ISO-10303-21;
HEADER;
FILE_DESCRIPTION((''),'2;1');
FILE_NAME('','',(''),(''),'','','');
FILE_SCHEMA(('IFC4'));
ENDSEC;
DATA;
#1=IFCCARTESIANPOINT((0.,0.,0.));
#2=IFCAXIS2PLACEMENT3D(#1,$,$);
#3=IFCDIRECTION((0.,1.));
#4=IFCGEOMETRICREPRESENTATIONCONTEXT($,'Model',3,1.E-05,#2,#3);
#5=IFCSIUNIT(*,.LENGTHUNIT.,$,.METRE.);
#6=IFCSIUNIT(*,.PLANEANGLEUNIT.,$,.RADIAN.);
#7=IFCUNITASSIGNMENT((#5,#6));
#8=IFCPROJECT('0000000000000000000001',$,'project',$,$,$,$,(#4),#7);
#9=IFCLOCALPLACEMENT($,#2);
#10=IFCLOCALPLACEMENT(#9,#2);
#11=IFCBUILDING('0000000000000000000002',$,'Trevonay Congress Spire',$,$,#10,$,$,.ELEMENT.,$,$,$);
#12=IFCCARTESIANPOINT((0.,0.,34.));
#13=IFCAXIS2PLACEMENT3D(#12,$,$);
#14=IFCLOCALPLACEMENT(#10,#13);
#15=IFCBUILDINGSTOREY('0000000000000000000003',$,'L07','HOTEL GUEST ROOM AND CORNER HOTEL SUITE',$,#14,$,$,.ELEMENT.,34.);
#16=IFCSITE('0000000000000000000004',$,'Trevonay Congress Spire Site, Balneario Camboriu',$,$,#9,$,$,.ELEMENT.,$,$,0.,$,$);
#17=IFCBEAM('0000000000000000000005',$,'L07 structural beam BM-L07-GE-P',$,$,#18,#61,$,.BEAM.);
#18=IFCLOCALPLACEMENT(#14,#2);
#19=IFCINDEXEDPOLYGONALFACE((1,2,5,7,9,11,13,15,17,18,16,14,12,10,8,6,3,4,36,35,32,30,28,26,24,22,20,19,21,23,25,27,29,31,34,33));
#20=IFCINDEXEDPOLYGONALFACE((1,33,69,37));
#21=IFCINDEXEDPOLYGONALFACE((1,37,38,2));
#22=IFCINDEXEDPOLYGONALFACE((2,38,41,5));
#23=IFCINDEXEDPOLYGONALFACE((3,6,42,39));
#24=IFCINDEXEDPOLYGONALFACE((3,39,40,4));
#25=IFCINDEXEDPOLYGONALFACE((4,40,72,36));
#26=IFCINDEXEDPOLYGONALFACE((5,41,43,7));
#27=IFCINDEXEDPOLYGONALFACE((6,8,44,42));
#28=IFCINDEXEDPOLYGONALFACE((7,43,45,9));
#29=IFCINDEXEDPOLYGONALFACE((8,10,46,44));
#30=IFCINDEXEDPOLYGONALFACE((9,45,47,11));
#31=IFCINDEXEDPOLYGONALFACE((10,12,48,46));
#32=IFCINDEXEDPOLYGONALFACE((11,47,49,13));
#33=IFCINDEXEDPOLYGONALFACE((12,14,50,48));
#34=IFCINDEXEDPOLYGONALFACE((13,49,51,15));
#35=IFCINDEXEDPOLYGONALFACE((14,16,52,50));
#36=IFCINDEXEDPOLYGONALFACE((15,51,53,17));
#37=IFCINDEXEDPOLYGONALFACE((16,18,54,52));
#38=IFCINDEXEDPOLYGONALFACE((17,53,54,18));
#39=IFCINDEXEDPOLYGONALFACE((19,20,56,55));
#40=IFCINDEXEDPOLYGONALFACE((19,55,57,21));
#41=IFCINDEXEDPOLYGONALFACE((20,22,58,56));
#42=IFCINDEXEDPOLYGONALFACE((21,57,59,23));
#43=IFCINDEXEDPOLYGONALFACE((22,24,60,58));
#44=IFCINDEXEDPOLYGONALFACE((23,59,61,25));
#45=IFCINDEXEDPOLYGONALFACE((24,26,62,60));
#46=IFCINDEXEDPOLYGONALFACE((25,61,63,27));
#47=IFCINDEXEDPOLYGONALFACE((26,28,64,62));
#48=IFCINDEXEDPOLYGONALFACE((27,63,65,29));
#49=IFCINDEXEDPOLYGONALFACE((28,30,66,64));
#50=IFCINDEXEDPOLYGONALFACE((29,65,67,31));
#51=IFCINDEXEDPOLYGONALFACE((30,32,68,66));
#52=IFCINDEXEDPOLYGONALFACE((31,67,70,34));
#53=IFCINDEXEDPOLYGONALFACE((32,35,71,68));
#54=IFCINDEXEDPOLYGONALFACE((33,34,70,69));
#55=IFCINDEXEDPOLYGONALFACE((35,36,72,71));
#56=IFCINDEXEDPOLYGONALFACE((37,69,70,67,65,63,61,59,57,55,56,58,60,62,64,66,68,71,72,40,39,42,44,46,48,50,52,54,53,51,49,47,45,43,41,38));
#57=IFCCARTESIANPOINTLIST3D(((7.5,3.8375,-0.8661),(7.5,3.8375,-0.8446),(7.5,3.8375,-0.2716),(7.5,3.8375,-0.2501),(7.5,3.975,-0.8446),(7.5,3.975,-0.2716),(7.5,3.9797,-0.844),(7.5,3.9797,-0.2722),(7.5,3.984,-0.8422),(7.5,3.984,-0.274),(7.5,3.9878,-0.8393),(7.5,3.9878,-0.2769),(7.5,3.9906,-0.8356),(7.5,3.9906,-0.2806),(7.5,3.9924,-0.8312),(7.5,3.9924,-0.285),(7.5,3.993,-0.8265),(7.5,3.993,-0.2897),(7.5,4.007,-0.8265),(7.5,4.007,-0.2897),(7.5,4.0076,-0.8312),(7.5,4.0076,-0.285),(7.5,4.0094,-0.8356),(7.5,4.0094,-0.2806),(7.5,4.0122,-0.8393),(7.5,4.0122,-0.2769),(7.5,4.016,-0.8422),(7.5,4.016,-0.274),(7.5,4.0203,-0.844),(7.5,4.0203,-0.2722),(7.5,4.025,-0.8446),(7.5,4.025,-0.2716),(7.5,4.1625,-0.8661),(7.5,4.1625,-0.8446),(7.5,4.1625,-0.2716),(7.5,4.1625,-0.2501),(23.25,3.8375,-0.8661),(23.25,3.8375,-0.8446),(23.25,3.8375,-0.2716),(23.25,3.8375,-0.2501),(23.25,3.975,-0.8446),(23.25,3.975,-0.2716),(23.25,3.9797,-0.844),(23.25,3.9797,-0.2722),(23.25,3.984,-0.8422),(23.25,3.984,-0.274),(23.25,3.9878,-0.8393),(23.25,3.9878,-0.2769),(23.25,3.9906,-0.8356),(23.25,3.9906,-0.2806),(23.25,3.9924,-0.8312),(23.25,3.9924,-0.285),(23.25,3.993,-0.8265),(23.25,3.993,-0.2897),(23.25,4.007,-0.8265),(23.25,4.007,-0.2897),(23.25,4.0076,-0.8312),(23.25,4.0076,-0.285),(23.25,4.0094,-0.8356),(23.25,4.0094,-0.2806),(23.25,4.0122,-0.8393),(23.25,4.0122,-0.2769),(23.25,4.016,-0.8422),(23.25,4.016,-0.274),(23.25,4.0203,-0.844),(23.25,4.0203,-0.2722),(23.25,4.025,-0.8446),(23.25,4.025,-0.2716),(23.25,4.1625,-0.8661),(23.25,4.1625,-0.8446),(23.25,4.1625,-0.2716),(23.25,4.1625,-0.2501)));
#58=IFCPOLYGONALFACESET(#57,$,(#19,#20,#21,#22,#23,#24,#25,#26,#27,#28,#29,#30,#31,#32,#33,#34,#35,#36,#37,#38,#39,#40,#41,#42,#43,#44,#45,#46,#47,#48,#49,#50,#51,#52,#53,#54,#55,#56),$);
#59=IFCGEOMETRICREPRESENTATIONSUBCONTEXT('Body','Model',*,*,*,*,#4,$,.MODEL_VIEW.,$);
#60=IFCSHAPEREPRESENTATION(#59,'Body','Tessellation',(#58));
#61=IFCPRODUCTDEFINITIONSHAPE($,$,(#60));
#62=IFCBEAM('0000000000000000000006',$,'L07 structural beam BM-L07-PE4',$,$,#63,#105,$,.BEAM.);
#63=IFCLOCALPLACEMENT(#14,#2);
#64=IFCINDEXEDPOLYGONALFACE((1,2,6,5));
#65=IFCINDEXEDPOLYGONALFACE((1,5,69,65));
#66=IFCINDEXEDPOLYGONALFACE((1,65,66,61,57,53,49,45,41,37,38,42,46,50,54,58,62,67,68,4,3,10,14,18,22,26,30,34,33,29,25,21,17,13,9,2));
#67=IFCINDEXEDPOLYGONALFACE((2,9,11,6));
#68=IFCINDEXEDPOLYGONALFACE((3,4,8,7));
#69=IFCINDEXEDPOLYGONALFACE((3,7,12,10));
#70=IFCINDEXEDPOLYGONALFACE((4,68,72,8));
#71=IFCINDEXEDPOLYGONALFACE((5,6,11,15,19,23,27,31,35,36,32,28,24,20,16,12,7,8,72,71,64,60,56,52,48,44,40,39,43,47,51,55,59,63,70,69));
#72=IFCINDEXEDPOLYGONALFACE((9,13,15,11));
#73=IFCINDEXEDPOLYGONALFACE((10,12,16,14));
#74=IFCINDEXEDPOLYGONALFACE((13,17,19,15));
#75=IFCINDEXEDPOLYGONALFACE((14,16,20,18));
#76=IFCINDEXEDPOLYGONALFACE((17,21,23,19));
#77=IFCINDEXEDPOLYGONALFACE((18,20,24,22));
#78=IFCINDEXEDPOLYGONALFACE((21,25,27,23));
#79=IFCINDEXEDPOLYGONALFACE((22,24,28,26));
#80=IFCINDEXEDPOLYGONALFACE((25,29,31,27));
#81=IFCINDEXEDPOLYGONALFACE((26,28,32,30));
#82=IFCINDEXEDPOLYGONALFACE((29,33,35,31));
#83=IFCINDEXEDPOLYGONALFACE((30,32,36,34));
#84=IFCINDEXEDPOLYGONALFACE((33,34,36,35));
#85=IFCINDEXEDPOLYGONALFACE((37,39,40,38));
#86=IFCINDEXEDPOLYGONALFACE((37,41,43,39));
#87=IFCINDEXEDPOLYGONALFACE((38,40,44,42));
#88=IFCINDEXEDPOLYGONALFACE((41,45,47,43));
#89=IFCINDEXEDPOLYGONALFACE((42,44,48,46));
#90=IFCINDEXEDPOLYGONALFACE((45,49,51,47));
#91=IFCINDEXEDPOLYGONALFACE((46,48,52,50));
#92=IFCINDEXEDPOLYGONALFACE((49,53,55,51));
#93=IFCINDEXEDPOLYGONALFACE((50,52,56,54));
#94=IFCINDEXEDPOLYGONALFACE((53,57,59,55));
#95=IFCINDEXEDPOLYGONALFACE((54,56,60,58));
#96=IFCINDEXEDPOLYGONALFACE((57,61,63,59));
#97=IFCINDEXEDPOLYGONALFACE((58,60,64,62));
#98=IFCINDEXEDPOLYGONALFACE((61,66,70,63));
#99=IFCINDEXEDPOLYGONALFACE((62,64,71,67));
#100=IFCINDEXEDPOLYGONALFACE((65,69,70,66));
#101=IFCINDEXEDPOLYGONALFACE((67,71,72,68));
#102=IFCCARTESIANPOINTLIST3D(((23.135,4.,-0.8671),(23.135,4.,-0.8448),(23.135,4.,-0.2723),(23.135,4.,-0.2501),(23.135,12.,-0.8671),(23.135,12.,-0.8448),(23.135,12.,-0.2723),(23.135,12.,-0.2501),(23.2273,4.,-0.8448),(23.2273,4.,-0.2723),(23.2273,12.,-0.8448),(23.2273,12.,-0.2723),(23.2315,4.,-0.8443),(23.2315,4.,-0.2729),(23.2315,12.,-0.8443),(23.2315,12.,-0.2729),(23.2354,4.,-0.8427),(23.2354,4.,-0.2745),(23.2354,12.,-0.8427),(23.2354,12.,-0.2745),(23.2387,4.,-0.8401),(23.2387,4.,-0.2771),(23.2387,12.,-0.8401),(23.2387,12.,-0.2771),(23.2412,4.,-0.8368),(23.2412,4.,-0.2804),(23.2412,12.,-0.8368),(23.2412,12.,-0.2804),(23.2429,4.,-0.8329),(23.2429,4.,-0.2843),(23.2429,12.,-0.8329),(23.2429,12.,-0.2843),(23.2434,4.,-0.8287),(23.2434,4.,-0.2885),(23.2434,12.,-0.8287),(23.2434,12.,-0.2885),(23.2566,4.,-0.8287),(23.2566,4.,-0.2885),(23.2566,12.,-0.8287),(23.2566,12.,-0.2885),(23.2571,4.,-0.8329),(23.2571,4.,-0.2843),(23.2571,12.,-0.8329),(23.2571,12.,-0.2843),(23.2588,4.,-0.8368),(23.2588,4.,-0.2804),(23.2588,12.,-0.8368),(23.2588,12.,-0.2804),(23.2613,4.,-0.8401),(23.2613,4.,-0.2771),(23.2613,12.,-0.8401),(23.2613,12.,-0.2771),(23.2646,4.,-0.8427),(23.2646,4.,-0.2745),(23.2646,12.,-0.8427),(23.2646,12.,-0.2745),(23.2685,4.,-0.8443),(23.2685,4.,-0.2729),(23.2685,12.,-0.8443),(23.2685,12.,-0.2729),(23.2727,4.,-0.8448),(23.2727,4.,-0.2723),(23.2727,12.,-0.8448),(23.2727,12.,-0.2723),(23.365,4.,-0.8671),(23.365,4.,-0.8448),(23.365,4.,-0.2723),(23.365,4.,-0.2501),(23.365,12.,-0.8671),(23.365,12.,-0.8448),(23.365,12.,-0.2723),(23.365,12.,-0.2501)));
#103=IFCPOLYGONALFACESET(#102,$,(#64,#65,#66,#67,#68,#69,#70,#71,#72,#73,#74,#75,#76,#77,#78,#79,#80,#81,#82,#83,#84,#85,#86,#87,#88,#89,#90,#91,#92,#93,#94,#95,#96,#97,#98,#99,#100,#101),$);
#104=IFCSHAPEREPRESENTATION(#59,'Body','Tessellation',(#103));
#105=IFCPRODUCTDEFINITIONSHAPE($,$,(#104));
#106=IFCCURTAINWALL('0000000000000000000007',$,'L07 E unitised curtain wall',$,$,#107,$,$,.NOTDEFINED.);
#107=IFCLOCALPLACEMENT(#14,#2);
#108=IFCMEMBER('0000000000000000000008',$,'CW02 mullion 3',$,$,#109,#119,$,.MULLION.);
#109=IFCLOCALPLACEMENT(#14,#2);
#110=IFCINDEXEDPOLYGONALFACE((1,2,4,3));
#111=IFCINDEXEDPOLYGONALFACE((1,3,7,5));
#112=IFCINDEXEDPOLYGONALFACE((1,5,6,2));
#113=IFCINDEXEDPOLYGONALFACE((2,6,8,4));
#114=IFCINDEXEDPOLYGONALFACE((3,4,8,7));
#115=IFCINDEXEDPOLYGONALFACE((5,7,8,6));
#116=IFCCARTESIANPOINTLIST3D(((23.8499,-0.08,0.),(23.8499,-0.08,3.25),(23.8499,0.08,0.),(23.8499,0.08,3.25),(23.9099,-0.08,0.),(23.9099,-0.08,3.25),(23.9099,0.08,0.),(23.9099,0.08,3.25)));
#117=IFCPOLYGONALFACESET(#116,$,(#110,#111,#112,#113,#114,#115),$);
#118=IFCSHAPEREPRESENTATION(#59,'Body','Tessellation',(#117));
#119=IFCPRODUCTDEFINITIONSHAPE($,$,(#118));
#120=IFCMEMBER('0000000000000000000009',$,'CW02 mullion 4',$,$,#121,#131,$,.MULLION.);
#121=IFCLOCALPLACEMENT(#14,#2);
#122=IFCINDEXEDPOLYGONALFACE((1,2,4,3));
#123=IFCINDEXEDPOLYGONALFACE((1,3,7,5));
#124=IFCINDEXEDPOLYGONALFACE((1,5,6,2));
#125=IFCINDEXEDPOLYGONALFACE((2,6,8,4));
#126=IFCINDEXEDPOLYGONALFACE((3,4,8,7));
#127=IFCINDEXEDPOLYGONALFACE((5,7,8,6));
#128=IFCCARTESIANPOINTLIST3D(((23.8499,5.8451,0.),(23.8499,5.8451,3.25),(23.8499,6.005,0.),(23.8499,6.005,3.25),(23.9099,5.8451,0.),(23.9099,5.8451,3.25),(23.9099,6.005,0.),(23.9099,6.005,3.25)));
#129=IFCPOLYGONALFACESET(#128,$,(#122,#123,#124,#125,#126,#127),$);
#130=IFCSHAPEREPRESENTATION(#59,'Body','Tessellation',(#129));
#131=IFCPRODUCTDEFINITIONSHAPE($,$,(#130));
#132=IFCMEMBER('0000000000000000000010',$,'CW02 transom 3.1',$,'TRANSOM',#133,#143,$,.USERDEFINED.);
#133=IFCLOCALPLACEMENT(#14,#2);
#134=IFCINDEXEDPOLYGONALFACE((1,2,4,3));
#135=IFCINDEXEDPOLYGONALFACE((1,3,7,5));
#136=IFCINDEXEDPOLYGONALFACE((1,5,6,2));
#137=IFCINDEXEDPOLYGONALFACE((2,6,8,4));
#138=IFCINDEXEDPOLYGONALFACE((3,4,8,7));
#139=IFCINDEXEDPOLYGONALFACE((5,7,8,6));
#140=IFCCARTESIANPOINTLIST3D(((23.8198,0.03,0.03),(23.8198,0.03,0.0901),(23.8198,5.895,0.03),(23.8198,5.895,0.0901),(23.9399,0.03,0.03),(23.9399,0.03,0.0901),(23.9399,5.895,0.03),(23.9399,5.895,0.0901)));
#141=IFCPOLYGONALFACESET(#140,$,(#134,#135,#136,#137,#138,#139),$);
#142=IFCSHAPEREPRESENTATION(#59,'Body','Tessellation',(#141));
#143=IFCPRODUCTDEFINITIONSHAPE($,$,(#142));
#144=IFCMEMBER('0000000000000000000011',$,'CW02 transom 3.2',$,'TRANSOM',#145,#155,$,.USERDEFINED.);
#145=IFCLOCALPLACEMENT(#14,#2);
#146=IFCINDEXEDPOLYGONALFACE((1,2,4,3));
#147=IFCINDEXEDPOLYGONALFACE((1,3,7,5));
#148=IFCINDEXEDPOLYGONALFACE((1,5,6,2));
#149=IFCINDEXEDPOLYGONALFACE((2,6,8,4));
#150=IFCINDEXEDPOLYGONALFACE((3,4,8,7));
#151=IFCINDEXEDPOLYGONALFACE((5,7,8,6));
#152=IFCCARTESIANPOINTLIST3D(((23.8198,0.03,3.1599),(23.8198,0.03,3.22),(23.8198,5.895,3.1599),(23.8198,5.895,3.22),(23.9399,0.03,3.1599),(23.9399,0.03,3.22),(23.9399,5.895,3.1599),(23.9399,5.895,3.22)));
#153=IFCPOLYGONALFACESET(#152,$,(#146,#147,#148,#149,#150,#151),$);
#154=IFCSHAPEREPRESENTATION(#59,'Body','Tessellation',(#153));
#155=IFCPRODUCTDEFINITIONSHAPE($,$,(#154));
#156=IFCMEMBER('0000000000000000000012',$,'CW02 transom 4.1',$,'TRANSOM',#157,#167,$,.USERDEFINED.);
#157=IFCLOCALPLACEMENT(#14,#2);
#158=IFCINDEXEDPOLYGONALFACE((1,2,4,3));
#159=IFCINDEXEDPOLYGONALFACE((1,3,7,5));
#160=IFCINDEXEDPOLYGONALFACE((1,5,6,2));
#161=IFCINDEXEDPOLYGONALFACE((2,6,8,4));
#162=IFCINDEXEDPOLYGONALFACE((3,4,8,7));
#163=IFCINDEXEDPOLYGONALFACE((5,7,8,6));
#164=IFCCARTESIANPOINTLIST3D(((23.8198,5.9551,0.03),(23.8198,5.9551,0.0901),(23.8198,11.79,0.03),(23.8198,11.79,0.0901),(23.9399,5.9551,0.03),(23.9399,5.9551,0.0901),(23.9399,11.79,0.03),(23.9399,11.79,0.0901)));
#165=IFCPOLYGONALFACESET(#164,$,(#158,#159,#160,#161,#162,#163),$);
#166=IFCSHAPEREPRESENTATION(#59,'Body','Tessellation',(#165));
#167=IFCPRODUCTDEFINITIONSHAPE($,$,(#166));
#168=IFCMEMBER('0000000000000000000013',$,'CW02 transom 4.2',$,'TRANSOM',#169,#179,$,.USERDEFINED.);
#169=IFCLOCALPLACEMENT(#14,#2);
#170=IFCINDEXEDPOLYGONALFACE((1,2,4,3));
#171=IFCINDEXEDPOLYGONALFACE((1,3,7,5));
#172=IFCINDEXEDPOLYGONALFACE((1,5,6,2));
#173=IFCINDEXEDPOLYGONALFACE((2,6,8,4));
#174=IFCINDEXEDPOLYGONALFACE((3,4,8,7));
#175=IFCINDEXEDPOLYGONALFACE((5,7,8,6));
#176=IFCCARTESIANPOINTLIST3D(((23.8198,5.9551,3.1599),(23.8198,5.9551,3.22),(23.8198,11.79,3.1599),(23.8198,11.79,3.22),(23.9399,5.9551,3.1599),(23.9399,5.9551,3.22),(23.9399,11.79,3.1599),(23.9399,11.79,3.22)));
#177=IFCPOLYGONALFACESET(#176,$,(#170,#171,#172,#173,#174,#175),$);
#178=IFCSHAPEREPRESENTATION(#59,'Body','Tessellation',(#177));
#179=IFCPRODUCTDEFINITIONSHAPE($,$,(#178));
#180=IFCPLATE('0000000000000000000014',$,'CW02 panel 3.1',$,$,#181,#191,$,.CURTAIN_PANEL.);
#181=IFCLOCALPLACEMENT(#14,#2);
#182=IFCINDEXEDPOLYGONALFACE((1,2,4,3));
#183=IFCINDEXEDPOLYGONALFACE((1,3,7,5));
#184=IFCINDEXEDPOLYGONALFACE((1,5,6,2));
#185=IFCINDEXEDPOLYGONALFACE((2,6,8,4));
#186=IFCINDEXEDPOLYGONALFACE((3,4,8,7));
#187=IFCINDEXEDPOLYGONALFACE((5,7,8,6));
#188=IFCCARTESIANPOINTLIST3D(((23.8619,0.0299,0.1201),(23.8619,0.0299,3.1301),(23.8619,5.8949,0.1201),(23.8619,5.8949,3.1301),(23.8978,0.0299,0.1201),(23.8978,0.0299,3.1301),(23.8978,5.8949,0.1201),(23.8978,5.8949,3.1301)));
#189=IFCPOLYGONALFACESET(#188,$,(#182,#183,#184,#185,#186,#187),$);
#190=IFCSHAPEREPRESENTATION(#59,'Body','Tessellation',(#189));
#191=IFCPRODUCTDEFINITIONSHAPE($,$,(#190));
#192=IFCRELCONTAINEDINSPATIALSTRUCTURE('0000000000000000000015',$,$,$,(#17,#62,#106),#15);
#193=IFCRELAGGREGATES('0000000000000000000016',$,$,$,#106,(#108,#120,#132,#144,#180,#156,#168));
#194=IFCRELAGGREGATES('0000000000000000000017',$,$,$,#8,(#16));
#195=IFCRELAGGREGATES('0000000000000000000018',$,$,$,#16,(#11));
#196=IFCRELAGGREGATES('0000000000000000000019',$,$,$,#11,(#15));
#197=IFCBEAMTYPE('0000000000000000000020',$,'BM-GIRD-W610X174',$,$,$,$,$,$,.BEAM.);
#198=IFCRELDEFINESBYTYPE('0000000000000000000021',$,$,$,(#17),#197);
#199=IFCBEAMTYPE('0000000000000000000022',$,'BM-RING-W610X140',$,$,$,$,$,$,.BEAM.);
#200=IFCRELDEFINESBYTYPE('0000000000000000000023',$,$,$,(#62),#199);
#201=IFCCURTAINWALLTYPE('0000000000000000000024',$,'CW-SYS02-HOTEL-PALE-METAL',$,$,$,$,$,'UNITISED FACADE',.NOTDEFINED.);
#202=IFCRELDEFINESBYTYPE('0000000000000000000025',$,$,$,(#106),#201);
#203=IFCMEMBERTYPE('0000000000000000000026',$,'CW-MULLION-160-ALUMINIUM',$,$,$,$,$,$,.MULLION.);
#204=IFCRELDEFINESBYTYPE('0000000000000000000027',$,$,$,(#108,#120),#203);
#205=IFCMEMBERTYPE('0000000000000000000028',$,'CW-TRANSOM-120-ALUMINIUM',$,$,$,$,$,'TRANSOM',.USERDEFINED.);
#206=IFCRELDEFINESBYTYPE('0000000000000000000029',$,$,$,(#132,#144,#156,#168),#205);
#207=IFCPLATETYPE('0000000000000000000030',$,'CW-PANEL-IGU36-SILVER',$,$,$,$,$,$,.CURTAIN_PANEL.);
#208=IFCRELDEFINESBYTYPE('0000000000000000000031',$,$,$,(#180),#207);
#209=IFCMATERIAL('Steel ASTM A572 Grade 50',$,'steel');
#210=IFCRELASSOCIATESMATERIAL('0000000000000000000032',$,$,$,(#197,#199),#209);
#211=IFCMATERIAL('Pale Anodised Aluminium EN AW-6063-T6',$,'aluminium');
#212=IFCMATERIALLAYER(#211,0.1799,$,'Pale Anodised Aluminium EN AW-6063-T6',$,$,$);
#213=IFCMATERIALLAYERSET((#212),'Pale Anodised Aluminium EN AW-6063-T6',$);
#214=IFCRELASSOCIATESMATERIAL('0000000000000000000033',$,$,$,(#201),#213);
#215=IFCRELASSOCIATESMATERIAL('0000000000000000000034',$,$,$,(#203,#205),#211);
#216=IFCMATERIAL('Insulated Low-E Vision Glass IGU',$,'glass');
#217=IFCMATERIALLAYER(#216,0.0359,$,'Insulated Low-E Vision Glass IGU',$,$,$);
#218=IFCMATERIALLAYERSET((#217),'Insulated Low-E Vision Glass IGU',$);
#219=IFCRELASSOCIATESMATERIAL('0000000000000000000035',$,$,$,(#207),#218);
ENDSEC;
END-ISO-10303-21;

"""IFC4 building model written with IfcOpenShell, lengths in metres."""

from ifc_helpers import new_model, si_unit, direction, frame, origin, origin_2d, place, context, subcontext, project, spatial, rectangle, i_section, extrude, material, layer, layer_set, material_profile, profile_set, type_object, element, aggregate, save


model = new_model("IFC4")

# Units and contexts
model_context = context("Model", 3, precision=1e-05, world=origin(), true_north=direction((0.0, 1.0)))
body_context = subcontext(model_context, "Body", "Model", "MODEL_VIEW")
ifc_project = project(units=[si_unit("LENGTHUNIT", "METRE"), si_unit("PLANEANGLEUNIT", "RADIAN")], contexts=[model_context])

# Site, building, storey
site_placement = place(None, origin())
site = spatial("IfcSite", under=ifc_project, at=site_placement, Name="Trevonay Congress Spire Site, Balneario Camboriu", CompositionType="ELEMENT", RefElevation=0.0)
building_placement = place(site_placement, origin())
building = spatial("IfcBuilding", under=site, at=building_placement, Name="Trevonay Congress Spire", CompositionType="ELEMENT")
storey_placement = place(building_placement, frame((0.0, 0.0, 34.0)))
storey = spatial("IfcBuildingStorey", under=building, at=storey_placement, Name="L07", Description="HOTEL GUEST ROOM AND CORNER HOTEL SUITE", CompositionType="ELEMENT", Elevation=34.0)

# Shared definitions
ifc_material_1 = material(Name="Steel ASTM A572 Grade 50", Category="steel")

# Beams
ifc_material_profile_1 = material_profile(ifc_material_1, i_section(OverallWidth=0.325, OverallDepth=0.616, WebThickness=0.0139, FlangeThickness=0.0215, FilletRadius=0.0181, at=origin_2d()), Name="W610x174")
ifc_profile_set_1 = profile_set([ifc_material_profile_1], Name="Steel ASTM A572 Grade 50")
beam_type_1 = type_object("IfcBeamType", Name="BM-GIRD-W610X174", PredefinedType="BEAM", material=ifc_profile_set_1)
beam_1_placement = place(storey_placement, frame((7.5, 4.0, -0.5581), z_axis=(1.0, 0.0, 0.0), x_axis=(0.0, 1.0, 0.0)))
element("IfcBeam", 1, at=beam_1_placement, inside=storey, type_object=beam_type_1, Name="L07 structural beam BM-L07-GE-P", PredefinedType="BEAM", context=body_context, shape_type="SweptSolid", body=[
    extrude(i_section(OverallWidth=0.325, OverallDepth=0.616, WebThickness=0.0139, FlangeThickness=0.0215, FilletRadius=0.0181, at=origin_2d()), origin(), (0.0, 0.0, 1.0), 15.75),
])
ifc_material_profile_2 = material_profile(ifc_material_1, i_section(OverallWidth=0.23, OverallDepth=0.6169, WebThickness=0.0132, FlangeThickness=0.0222, FilletRadius=0.0161, at=origin_2d()), Name="W610x140")
ifc_profile_set_2 = profile_set([ifc_material_profile_2], Name="Steel ASTM A572 Grade 50")
beam_type_2 = type_object("IfcBeamType", Name="BM-RING-W610X140", PredefinedType="BEAM", material=ifc_profile_set_2)
beam_2_placement = place(storey_placement, frame((23.25, 4.0, -0.5586), z_axis=(0.0, 1.0, 0.0), x_axis=(-1.0, 0.0, 0.0)))
element("IfcBeam", 2, at=beam_2_placement, inside=storey, type_object=beam_type_2, Name="L07 structural beam BM-L07-PE4", PredefinedType="BEAM", context=body_context, shape_type="SweptSolid", body=[
    extrude(i_section(OverallWidth=0.23, OverallDepth=0.6169, WebThickness=0.0132, FlangeThickness=0.0222, FilletRadius=0.0161, at=origin_2d()), origin(), (0.0, 0.0, 1.0), 8.0),
])

# Curtain wall, members, plate
ifc_material_2 = material(Name="Pale Anodised Aluminium EN AW-6063-T6", Category="aluminium")
ifc_layer_1 = layer(ifc_material_2, 0.1799, Name="Pale Anodised Aluminium EN AW-6063-T6")
ifc_layer_set_1 = layer_set([ifc_layer_1], Name="Pale Anodised Aluminium EN AW-6063-T6")
curtain_wall_type = type_object("IfcCurtainWallType", Name="CW-SYS02-HOTEL-PALE-METAL", ElementType="UNITISED FACADE", PredefinedType="NOTDEFINED", material=ifc_layer_set_1)
curtain_wall_placement = place(storey_placement, origin())
curtain_wall = element("IfcCurtainWall", 3, at=curtain_wall_placement, inside=storey, type_object=curtain_wall_type, Name="L07 E unitised curtain wall", PredefinedType="NOTDEFINED")
ifc_material_profile_3 = material_profile(ifc_material_2, rectangle(XDim=0.0601, YDim=0.1599, at=origin_2d()), Name="CW-MULLION-160-ALUMINIUM")
ifc_profile_set_3 = profile_set([ifc_material_profile_3], Name="Pale Anodised Aluminium EN AW-6063-T6")
member_type_1 = type_object("IfcMemberType", Name="CW-MULLION-160-ALUMINIUM", PredefinedType="MULLION", material=ifc_profile_set_3)
member_1_placement = place(storey_placement, frame((23.8799, 0.0, 0.0), z_axis=(0.0, 0.0, 1.0), x_axis=(-1.0, 0.0, 0.0)))
member_1 = element("IfcMember", 4, at=member_1_placement, type_object=member_type_1, Name="CW02 mullion 3", PredefinedType="MULLION", context=body_context, shape_type="SweptSolid", body=[
    extrude(rectangle(XDim=0.0601, YDim=0.1599, at=origin_2d()), origin(), (0.0, 0.0, 1.0), 3.25),
])
member_2_placement = place(storey_placement, frame((23.8799, 5.925, 0.0), z_axis=(0.0, 0.0, 1.0), x_axis=(-1.0, 0.0, 0.0)))
member_2 = element("IfcMember", 5, at=member_2_placement, type_object=member_type_1, Name="CW02 mullion 4", PredefinedType="MULLION", context=body_context, shape_type="SweptSolid", body=[
    extrude(rectangle(XDim=0.0601, YDim=0.1599, at=origin_2d()), origin(), (0.0, 0.0, 1.0), 3.25),
])
ifc_material_profile_4 = material_profile(ifc_material_2, rectangle(XDim=0.1201, YDim=0.0601, at=origin_2d()), Name="CW-TRANSOM-120-ALUMINIUM")
ifc_profile_set_4 = profile_set([ifc_material_profile_4], Name="Pale Anodised Aluminium EN AW-6063-T6")
member_type_2 = type_object("IfcMemberType", Name="CW-TRANSOM-120-ALUMINIUM", ElementType="TRANSOM", PredefinedType="USERDEFINED", material=ifc_profile_set_4)
member_3_placement = place(storey_placement, frame((23.8799, 0.03, 0.0601), z_axis=(0.0, 1.0, 0.0), x_axis=(-1.0, 0.0, 0.0)))
member_3 = element("IfcMember", 6, at=member_3_placement, type_object=member_type_2, Name="CW02 transom 3.1", ObjectType="TRANSOM", PredefinedType="USERDEFINED", context=body_context, shape_type="SweptSolid", body=[
    extrude(rectangle(XDim=0.1201, YDim=0.0601, at=origin_2d()), origin(), (0.0, 0.0, 1.0), 5.865),
])
member_4_placement = place(storey_placement, frame((23.8799, 0.03, 3.1899), z_axis=(0.0, 1.0, 0.0), x_axis=(-1.0, 0.0, 0.0)))
member_4 = element("IfcMember", 7, at=member_4_placement, type_object=member_type_2, Name="CW02 transom 3.2", ObjectType="TRANSOM", PredefinedType="USERDEFINED", context=body_context, shape_type="SweptSolid", body=[
    extrude(rectangle(XDim=0.1201, YDim=0.0601, at=origin_2d()), origin(), (0.0, 0.0, 1.0), 5.865),
])
member_5_placement = place(storey_placement, frame((23.8799, 5.9551, 0.0601), z_axis=(0.0, 1.0, 0.0), x_axis=(-1.0, 0.0, 0.0)))
member_5 = element("IfcMember", 8, at=member_5_placement, type_object=member_type_2, Name="CW02 transom 4.1", ObjectType="TRANSOM", PredefinedType="USERDEFINED", context=body_context, shape_type="SweptSolid", body=[
    extrude(rectangle(XDim=0.1201, YDim=0.0601, at=origin_2d()), origin(), (0.0, 0.0, 1.0), 5.835),
])
member_6_placement = place(storey_placement, frame((23.8799, 5.9551, 3.1899), z_axis=(0.0, 1.0, 0.0), x_axis=(-1.0, 0.0, 0.0)))
member_6 = element("IfcMember", 9, at=member_6_placement, type_object=member_type_2, Name="CW02 transom 4.2", ObjectType="TRANSOM", PredefinedType="USERDEFINED", context=body_context, shape_type="SweptSolid", body=[
    extrude(rectangle(XDim=0.1201, YDim=0.0601, at=origin_2d()), origin(), (0.0, 0.0, 1.0), 5.835),
])
ifc_material_3 = material(Name="Insulated Low-E Vision Glass IGU", Category="glass")
ifc_layer_2 = layer(ifc_material_3, 0.0359, Name="Insulated Low-E Vision Glass IGU")
ifc_layer_set_2 = layer_set([ifc_layer_2], Name="Insulated Low-E Vision Glass IGU")
plate_type = type_object("IfcPlateType", Name="CW-PANEL-IGU36-SILVER", PredefinedType="CURTAIN_PANEL", material=ifc_layer_set_2)
plate_1_placement = place(storey_placement, frame((23.8799, 2.9624, 0.1201), z_axis=(0.0, 0.0, 1.0), x_axis=(0.0, 1.0, 0.0)))
plate_1 = element("IfcPlate", 10, at=plate_1_placement, type_object=plate_type, Name="CW02 panel 3.1", PredefinedType="CURTAIN_PANEL", context=body_context, shape_type="SweptSolid", body=[
    extrude(rectangle(XDim=5.865, YDim=0.0359, at=origin_2d()), origin(), (0.0, 0.0, 1.0), 3.01),
])
aggregate(curtain_wall, [member_1, member_2, member_3, member_4, plate_1, member_5, member_6])

save(model, "model.ifc")
